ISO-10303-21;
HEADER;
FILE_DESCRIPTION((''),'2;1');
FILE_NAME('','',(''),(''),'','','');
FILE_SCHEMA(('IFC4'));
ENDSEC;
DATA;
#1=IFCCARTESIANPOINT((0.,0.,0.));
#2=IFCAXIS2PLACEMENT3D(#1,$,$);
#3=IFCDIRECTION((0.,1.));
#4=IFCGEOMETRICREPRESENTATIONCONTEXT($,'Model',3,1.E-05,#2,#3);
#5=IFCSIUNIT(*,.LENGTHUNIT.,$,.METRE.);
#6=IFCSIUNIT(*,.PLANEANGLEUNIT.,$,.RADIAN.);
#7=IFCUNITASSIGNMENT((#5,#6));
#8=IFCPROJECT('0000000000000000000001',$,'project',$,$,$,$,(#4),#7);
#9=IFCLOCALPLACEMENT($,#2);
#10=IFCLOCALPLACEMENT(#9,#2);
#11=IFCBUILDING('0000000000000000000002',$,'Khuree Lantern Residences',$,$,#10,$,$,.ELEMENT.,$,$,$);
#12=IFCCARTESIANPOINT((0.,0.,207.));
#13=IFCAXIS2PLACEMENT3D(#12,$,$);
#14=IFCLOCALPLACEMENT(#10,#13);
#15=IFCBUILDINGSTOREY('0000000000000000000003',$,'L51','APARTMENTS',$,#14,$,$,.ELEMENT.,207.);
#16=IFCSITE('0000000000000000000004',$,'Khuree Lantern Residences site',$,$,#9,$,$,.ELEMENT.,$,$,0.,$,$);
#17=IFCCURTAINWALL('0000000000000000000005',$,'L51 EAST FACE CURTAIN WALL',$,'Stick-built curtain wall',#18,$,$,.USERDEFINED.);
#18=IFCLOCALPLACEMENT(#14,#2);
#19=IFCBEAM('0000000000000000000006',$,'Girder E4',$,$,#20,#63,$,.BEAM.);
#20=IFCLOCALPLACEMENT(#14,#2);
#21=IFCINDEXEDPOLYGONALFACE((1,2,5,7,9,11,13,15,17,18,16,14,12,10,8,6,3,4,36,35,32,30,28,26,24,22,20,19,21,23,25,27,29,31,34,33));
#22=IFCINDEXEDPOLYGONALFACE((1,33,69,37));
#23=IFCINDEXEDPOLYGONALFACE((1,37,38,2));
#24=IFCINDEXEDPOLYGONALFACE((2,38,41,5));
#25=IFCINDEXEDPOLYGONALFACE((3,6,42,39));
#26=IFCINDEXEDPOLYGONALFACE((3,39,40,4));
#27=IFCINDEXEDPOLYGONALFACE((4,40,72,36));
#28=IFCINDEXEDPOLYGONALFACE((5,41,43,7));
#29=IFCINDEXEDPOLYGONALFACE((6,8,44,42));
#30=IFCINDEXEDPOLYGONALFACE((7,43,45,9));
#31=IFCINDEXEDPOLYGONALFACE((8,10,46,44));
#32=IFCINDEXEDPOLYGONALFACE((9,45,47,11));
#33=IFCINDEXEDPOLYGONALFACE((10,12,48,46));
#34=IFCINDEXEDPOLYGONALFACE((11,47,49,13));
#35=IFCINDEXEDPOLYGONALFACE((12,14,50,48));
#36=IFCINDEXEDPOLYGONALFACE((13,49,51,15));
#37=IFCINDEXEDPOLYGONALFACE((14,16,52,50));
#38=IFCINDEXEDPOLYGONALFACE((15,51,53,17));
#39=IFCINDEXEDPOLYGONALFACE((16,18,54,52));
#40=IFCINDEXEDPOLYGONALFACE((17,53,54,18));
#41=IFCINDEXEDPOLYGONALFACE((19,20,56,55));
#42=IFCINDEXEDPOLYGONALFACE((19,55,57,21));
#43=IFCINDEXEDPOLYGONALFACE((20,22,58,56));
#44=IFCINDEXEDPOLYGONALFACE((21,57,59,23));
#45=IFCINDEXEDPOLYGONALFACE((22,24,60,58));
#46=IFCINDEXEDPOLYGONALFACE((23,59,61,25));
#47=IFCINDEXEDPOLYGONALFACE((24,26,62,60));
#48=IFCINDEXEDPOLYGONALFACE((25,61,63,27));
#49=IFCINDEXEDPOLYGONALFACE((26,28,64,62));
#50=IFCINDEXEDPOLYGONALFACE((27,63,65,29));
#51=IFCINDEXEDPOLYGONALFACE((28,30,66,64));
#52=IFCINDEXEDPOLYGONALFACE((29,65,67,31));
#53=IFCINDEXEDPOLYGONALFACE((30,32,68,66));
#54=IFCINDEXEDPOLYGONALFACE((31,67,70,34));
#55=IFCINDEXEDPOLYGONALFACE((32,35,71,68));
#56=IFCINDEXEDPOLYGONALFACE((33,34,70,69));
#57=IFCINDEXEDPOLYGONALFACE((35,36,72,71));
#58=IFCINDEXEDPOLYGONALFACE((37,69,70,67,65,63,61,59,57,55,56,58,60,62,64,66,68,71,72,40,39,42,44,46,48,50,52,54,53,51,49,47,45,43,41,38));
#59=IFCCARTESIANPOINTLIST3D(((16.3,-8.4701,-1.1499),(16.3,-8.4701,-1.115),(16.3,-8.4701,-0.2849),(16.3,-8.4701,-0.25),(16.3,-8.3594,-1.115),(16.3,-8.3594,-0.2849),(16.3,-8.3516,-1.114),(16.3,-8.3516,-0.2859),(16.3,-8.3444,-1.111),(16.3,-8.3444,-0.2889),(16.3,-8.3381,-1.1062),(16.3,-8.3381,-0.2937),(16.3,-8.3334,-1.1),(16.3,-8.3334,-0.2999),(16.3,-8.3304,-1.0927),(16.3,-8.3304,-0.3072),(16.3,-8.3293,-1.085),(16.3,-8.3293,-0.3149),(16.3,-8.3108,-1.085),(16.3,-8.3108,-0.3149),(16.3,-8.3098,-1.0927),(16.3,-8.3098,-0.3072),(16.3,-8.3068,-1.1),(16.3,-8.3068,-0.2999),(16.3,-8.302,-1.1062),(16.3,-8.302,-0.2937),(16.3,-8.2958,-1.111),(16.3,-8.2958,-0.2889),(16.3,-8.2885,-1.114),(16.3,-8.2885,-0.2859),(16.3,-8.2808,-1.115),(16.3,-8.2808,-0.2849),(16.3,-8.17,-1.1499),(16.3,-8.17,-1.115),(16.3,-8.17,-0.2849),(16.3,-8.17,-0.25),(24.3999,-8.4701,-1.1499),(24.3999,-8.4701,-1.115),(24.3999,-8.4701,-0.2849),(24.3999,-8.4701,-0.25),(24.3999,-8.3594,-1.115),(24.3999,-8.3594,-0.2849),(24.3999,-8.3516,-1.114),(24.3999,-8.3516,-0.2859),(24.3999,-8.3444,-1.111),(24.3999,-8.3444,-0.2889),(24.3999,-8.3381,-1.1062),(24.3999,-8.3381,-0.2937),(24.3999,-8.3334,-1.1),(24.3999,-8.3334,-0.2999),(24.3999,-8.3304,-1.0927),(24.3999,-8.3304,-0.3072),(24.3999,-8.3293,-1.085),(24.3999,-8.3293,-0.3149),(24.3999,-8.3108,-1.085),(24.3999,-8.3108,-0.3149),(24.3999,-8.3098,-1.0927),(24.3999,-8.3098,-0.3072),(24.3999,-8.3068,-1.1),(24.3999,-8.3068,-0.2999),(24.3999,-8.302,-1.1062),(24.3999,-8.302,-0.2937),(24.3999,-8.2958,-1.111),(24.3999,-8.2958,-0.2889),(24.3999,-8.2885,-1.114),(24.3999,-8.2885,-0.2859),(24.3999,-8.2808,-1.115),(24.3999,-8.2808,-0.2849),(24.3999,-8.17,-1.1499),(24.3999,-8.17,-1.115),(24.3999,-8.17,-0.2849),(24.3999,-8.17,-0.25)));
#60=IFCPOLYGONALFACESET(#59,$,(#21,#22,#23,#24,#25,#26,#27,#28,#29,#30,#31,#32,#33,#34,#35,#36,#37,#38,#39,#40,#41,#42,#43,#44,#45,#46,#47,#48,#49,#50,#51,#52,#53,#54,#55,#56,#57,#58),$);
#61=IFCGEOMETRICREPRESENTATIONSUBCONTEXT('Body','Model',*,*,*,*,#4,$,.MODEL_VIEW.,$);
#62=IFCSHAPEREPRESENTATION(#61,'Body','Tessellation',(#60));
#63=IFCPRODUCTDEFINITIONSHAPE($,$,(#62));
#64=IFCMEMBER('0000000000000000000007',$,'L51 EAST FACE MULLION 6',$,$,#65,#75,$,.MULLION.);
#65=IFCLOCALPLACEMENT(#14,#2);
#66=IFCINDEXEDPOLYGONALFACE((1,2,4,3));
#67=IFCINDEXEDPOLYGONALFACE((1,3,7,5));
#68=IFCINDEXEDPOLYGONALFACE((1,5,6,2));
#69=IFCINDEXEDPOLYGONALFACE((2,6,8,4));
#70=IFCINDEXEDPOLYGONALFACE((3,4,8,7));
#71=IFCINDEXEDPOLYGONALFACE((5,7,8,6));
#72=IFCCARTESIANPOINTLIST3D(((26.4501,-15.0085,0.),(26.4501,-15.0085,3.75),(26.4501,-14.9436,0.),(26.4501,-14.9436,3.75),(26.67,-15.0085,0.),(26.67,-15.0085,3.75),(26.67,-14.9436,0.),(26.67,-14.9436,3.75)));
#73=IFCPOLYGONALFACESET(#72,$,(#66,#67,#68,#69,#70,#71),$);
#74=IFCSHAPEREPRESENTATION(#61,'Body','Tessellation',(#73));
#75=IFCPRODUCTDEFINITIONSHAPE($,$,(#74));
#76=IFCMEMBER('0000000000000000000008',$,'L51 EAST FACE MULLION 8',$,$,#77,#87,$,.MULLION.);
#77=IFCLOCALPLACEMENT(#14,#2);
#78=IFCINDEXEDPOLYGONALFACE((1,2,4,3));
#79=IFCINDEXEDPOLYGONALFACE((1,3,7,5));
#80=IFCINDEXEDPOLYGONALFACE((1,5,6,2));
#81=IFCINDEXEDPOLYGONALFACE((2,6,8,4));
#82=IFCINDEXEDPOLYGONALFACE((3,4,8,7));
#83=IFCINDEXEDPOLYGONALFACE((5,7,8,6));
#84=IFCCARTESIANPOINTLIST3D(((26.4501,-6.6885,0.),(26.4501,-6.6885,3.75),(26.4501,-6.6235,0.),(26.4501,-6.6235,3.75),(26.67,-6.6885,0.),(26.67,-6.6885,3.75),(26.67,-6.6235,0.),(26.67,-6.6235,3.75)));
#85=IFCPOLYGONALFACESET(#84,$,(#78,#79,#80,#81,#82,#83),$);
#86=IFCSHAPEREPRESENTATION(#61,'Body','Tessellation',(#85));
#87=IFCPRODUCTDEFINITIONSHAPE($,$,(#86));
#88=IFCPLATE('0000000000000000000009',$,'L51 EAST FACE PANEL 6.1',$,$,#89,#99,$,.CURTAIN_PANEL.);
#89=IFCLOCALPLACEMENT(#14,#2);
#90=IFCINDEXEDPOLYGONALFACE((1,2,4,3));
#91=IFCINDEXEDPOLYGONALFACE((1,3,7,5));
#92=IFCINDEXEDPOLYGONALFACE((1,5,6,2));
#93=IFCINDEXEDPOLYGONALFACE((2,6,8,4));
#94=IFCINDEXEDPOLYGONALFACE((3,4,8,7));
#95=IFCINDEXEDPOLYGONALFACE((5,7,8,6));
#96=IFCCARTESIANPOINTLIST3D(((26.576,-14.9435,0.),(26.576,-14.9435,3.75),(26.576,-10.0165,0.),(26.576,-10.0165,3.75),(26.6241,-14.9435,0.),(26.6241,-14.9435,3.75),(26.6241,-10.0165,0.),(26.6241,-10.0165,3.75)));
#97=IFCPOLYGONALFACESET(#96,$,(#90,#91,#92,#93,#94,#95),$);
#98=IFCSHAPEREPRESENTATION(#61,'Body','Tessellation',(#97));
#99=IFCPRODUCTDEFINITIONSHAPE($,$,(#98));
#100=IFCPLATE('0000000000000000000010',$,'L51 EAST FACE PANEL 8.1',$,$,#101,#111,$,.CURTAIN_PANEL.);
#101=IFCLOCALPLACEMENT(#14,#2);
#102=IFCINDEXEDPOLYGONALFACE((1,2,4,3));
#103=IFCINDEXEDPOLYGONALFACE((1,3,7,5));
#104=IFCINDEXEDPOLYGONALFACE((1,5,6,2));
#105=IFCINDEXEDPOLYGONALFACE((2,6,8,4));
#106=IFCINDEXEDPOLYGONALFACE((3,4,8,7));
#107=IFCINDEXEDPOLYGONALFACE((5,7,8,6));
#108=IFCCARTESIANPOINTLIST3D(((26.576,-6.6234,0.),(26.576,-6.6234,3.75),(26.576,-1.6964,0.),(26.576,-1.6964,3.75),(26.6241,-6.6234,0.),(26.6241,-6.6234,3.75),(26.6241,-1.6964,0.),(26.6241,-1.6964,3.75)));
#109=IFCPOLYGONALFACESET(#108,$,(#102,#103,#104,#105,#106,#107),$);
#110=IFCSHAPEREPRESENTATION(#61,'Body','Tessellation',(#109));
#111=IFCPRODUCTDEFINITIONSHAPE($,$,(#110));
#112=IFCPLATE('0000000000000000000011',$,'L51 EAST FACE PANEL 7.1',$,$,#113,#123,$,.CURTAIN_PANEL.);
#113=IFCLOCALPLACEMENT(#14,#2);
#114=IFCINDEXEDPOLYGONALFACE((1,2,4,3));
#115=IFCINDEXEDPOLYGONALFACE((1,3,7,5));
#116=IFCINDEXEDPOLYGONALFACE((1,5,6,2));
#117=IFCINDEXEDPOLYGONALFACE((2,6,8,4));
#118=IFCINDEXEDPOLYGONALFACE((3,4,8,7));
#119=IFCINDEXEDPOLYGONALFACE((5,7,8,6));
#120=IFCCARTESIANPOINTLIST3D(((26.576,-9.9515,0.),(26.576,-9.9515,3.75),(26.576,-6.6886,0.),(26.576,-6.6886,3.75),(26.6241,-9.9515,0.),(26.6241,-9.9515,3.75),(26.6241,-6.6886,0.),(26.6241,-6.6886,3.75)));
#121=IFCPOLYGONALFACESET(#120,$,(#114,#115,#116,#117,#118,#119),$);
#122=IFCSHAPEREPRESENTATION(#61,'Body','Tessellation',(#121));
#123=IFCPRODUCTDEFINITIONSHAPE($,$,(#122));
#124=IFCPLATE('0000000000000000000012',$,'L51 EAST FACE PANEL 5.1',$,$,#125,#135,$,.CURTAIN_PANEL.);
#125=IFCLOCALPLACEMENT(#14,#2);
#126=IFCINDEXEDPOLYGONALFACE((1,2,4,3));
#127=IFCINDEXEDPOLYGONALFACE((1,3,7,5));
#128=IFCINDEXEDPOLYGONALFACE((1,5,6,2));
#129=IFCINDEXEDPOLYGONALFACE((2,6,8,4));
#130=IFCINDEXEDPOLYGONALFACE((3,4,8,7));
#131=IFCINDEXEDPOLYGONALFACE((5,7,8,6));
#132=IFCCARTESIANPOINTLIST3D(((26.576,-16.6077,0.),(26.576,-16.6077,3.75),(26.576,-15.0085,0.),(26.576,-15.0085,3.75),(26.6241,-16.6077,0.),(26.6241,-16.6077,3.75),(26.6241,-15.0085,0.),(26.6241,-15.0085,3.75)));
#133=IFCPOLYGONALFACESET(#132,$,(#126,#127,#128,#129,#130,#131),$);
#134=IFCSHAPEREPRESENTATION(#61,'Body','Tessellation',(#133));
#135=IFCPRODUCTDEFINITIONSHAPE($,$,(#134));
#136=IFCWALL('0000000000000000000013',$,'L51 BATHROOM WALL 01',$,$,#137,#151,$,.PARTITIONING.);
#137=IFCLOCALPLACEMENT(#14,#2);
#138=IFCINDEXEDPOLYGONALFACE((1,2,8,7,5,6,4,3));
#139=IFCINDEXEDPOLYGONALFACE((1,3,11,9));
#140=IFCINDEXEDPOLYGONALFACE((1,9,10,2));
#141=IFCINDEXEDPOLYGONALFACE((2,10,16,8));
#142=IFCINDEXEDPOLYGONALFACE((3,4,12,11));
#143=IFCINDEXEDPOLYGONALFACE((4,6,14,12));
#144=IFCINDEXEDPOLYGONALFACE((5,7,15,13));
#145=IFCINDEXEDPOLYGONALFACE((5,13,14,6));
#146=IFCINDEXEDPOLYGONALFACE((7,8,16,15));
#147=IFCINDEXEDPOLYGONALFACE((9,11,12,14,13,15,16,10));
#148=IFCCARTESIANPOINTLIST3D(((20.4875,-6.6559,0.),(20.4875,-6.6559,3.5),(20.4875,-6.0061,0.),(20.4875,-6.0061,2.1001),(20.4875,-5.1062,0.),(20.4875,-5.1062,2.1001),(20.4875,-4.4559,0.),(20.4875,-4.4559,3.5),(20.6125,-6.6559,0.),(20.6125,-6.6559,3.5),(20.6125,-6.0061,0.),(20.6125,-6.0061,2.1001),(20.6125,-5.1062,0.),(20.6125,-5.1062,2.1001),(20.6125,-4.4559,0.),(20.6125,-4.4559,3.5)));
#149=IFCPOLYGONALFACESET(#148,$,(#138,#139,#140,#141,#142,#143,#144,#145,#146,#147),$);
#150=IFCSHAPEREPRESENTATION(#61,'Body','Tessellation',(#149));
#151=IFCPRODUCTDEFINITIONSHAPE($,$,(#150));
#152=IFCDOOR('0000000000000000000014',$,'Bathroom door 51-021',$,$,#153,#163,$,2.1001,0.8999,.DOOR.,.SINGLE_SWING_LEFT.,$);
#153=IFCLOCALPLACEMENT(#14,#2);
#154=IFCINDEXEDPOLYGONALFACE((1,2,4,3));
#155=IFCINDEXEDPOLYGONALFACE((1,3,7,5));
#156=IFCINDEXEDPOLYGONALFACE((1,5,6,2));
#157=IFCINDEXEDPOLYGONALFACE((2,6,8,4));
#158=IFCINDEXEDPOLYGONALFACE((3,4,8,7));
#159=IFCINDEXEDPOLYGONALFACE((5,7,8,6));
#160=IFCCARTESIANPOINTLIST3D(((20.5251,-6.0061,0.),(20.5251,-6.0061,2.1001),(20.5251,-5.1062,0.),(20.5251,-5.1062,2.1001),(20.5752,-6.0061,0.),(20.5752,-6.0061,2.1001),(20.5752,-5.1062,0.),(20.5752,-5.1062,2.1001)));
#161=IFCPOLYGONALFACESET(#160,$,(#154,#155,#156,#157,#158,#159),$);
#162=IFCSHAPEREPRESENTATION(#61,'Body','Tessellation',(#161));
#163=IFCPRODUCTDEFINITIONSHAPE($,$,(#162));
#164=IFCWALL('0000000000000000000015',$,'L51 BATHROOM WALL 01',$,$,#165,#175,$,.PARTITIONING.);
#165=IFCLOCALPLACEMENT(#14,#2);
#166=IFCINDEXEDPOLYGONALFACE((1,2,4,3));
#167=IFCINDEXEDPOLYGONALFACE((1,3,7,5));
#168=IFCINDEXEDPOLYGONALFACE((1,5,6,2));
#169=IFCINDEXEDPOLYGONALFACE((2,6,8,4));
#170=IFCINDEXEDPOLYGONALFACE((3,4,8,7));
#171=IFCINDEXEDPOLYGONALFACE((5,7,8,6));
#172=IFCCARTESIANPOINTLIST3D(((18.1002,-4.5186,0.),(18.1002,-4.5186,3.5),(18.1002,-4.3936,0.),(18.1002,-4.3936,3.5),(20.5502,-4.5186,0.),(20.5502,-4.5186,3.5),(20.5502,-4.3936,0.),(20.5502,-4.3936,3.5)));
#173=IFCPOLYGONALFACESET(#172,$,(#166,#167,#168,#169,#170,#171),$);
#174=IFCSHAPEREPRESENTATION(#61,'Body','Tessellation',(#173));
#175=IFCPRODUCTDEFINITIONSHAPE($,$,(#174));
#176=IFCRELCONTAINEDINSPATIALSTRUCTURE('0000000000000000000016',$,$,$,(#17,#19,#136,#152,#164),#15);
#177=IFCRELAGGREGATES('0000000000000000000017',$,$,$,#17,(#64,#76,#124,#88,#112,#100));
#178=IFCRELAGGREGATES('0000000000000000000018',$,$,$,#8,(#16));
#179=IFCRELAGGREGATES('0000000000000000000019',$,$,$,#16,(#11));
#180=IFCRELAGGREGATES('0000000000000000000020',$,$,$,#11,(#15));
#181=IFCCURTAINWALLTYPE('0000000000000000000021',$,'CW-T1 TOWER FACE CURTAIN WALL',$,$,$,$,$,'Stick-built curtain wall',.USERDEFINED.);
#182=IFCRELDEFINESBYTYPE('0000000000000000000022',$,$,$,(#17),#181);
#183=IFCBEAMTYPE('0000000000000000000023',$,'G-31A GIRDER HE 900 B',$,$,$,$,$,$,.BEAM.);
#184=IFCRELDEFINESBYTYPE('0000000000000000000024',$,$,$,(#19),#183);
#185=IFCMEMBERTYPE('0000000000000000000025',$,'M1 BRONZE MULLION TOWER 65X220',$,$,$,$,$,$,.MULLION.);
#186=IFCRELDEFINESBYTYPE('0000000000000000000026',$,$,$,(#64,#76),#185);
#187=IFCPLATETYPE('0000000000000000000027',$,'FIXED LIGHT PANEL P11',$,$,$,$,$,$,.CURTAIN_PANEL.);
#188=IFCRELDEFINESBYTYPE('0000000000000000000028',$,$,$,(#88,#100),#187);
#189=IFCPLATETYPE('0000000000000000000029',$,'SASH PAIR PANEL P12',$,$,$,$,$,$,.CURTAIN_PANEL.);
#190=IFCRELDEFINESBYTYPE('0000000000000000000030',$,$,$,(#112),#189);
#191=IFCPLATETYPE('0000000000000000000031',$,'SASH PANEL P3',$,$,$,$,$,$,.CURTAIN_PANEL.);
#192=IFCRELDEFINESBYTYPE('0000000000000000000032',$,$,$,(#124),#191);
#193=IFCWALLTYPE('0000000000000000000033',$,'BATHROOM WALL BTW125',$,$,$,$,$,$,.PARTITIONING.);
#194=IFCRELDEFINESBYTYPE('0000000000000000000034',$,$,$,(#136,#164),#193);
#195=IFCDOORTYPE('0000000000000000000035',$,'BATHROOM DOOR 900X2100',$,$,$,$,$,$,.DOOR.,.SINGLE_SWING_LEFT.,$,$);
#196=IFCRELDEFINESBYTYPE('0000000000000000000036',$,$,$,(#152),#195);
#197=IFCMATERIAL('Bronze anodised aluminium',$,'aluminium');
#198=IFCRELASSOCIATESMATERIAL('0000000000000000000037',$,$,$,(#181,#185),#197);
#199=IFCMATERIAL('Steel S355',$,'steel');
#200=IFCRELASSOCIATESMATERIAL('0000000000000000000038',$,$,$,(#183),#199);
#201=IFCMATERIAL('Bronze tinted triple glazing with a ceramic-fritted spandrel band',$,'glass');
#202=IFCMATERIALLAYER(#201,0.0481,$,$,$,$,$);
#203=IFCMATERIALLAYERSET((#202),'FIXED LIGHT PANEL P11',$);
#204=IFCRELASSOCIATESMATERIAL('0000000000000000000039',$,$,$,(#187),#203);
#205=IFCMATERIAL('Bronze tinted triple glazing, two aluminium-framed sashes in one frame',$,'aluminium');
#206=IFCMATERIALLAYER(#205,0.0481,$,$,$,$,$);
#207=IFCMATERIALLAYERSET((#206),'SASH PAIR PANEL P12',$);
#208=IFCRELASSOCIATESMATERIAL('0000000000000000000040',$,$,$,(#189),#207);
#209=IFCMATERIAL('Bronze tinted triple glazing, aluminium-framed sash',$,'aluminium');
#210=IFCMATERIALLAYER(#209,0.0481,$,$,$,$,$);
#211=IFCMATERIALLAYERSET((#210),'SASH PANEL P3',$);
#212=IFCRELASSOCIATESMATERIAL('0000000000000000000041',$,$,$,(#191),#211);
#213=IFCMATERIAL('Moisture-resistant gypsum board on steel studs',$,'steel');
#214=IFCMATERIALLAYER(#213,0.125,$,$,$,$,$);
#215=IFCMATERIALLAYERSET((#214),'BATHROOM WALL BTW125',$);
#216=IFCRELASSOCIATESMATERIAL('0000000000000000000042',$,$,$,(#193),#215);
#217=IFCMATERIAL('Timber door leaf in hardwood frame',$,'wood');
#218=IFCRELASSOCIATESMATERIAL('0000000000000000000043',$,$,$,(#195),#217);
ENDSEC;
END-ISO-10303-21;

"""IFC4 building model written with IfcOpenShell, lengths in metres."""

from ifc_helpers import new_model, si_unit, direction, frame, frame_2d, origin, origin_2d, place, context, subcontext, project, spatial, rectangle, i_section, extrude, material, layer, layer_set, material_profile, profile_set, type_object, element, fill, aggregate, save


model = new_model("IFC4")

# Units and contexts
model_context = context("Model", 3, precision=1e-05, world=origin(), true_north=direction((0.0, 1.0)))
body_context = subcontext(model_context, "Body", "Model", "MODEL_VIEW")
ifc_project = project(units=[si_unit("LENGTHUNIT", "METRE"), si_unit("PLANEANGLEUNIT", "RADIAN")], contexts=[model_context])

# Site, building, storey
site_placement = place(None, origin())
site = spatial("IfcSite", under=ifc_project, at=site_placement, Name="Khuree Lantern Residences site", CompositionType="ELEMENT", RefElevation=0.0)
building_placement = place(site_placement, origin())
building = spatial("IfcBuilding", under=site, at=building_placement, Name="Khuree Lantern Residences", CompositionType="ELEMENT")
storey_placement = place(building_placement, frame((0.0, 0.0, 207.0)))
storey = spatial("IfcBuildingStorey", under=building, at=storey_placement, Name="L51", Description="APARTMENTS", CompositionType="ELEMENT", Elevation=207.0)

# Shared definitions
ifc_material_1 = material(Name="Steel S355", Category="steel")

# Curtain wall
ifc_material_2 = material(Name="Bronze anodised aluminium", Category="aluminium")
curtain_wall_type = type_object("IfcCurtainWallType", Name="CW-T1 TOWER FACE CURTAIN WALL", ElementType="Stick-built curtain wall", PredefinedType="USERDEFINED", material=ifc_material_2)
curtain_wall_placement = place(storey_placement, origin())
curtain_wall = element("IfcCurtainWall", 1, at=curtain_wall_placement, inside=storey, type_object=curtain_wall_type, Name="L51 EAST FACE CURTAIN WALL", ObjectType="Stick-built curtain wall", PredefinedType="USERDEFINED")

# Beam
ifc_material_profile_1 = material_profile(ifc_material_1, i_section(OverallWidth=0.3, OverallDepth=0.8999, WebThickness=0.0186, FlangeThickness=0.0349, FilletRadius=0.03, at=origin_2d()), Name="HE 900 B")
ifc_profile_set_1 = profile_set([ifc_material_profile_1], Name="Steel S355")
beam_type_1 = type_object("IfcBeamType", Name="G-31A GIRDER HE 900 B", PredefinedType="BEAM", material=ifc_profile_set_1)
beam_1_placement = place(storey_placement, frame((24.3999, -8.3201, -0.7), z_axis=(-1.0, 0.0, 0.0), x_axis=(0.0, -1.0, 0.0)))
element("IfcBeam", 2, at=beam_1_placement, inside=storey, type_object=beam_type_1, Name="Girder E4", PredefinedType="BEAM", context=body_context, shape_type="SweptSolid", body=[
    extrude(i_section(OverallWidth=0.3, OverallDepth=0.8999, WebThickness=0.0186, FlangeThickness=0.0349, FilletRadius=0.03, at=origin_2d()), origin(), (0.0, 0.0, 1.0), 8.0999),
])

# Members
ifc_material_profile_2 = material_profile(ifc_material_2, rectangle(XDim=0.0649, YDim=0.22, at=origin_2d()), Name="M1 65X220")
ifc_profile_set_2 = profile_set([ifc_material_profile_2], Name="Bronze anodised aluminium")
member_type_1 = type_object("IfcMemberType", Name="M1 BRONZE MULLION TOWER 65X220", PredefinedType="MULLION", material=ifc_profile_set_2)
member_1_placement = place(storey_placement, frame((26.5601, -14.9761, 0.0), z_axis=(0.0, 0.0, 1.0), x_axis=(0.0, 1.0, 0.0)))
member_1 = element("IfcMember", 3, at=member_1_placement, type_object=member_type_1, Name="L51 EAST FACE MULLION 6", PredefinedType="MULLION", context=body_context, shape_type="SweptSolid", body=[
    extrude(rectangle(XDim=0.0649, YDim=0.22, at=origin_2d()), origin(), (0.0, 0.0, 1.0), 3.75),
])
member_2_placement = place(storey_placement, frame((26.5601, -6.656, 0.0), z_axis=(0.0, 0.0, 1.0), x_axis=(0.0, 1.0, 0.0)))
member_2 = element("IfcMember", 4, at=member_2_placement, type_object=member_type_1, Name="L51 EAST FACE MULLION 8", PredefinedType="MULLION", context=body_context, shape_type="SweptSolid", body=[
    extrude(rectangle(XDim=0.0649, YDim=0.22, at=origin_2d()), origin(), (0.0, 0.0, 1.0), 3.75),
])

# Plates
ifc_material_3 = material(Name="Bronze tinted triple glazing with a ceramic-fritted spandrel band", Category="glass")
ifc_layer_1 = layer(ifc_material_3, 0.0481)
ifc_layer_set_1 = layer_set([ifc_layer_1], Name="FIXED LIGHT PANEL P11")
plate_type_1 = type_object("IfcPlateType", Name="FIXED LIGHT PANEL P11", PredefinedType="CURTAIN_PANEL", material=ifc_layer_set_1)
plate_1_placement = place(storey_placement, frame((26.6001, -12.48, 0.0), z_axis=(0.0, 0.0, 1.0), x_axis=(0.0, 1.0, 0.0)))
plate_1 = element("IfcPlate", 5, at=plate_1_placement, type_object=plate_type_1, Name="L51 EAST FACE PANEL 6.1", PredefinedType="CURTAIN_PANEL", context=body_context, shape_type="SweptSolid", body=[
    extrude(rectangle(XDim=4.927, YDim=0.0481, at=origin_2d()), origin(), (0.0, 0.0, 1.0), 3.75),
])
plate_2_placement = place(storey_placement, frame((26.6001, -4.1599, 0.0), z_axis=(0.0, 0.0, 1.0), x_axis=(0.0, 1.0, 0.0)))
plate_2 = element("IfcPlate", 6, at=plate_2_placement, type_object=plate_type_1, Name="L51 EAST FACE PANEL 8.1", PredefinedType="CURTAIN_PANEL", context=body_context, shape_type="SweptSolid", body=[
    extrude(rectangle(XDim=4.927, YDim=0.0481, at=origin_2d()), origin(), (0.0, 0.0, 1.0), 3.75),
])
ifc_material_4 = material(Name="Bronze tinted triple glazing, two aluminium-framed sashes in one frame", Category="aluminium")
ifc_layer_2 = layer(ifc_material_4, 0.0481)
ifc_layer_set_2 = layer_set([ifc_layer_2], Name="SASH PAIR PANEL P12")
plate_type_2 = type_object("IfcPlateType", Name="SASH PAIR PANEL P12", PredefinedType="CURTAIN_PANEL", material=ifc_layer_set_2)
plate_3_placement = place(storey_placement, frame((26.6001, -8.3201, 0.0), z_axis=(0.0, 0.0, 1.0), x_axis=(0.0, 1.0, 0.0)))
plate_3 = element("IfcPlate", 7, at=plate_3_placement, type_object=plate_type_2, Name="L51 EAST FACE PANEL 7.1", PredefinedType="CURTAIN_PANEL", context=body_context, shape_type="SweptSolid", body=[
    extrude(rectangle(XDim=3.2629, YDim=0.0481, at=origin_2d()), origin(), (0.0, 0.0, 1.0), 3.75),
])
ifc_material_5 = material(Name="Bronze tinted triple glazing, aluminium-framed sash", Category="aluminium")
ifc_layer_3 = layer(ifc_material_5, 0.0481)
ifc_layer_set_3 = layer_set([ifc_layer_3], Name="SASH PANEL P3")
plate_type_3 = type_object("IfcPlateType", Name="SASH PANEL P3", PredefinedType="CURTAIN_PANEL", material=ifc_layer_set_3)
plate_4_placement = place(storey_placement, frame((26.6001, -15.8081, 0.0), z_axis=(0.0, 0.0, 1.0), x_axis=(0.0, 1.0, 0.0)))
plate_4 = element("IfcPlate", 8, at=plate_4_placement, type_object=plate_type_3, Name="L51 EAST FACE PANEL 5.1", PredefinedType="CURTAIN_PANEL", context=body_context, shape_type="SweptSolid", body=[
    extrude(rectangle(XDim=1.5991, YDim=0.0481, at=origin_2d()), origin(), (0.0, 0.0, 1.0), 3.75),
])
aggregate(curtain_wall, [member_1, member_2, plate_4, plate_1, plate_3, plate_2])

# Wall, opening, door
ifc_material_6 = material(Name="Moisture-resistant gypsum board on steel studs", Category="steel")
ifc_layer_4 = layer(ifc_material_6, 0.125)
ifc_layer_set_4 = layer_set([ifc_layer_4], Name="BATHROOM WALL BTW125")
wall_type_1 = type_object("IfcWallType", Name="BATHROOM WALL BTW125", PredefinedType="PARTITIONING", material=ifc_layer_set_4)
wall_1_placement = place(storey_placement, frame((20.55, -6.656, 0.0), z_axis=(0.0, 0.0, 1.0), x_axis=(0.0, 1.0, 0.0)))
wall_1 = element("IfcWall", 9, at=wall_1_placement, inside=storey, type_object=wall_type_1, Name="L51 BATHROOM WALL 01", PredefinedType="PARTITIONING", context=body_context, shape_type="SweptSolid", body=[
    extrude(rectangle(XDim=2.2, YDim=0.125, at=frame_2d((1.1001, 0.0))), origin(), (0.0, 0.0, 1.0), 3.5),
])
opening_1_placement = place(wall_1_placement, frame((0.6499, 0.0, 0.0)))
opening_1 = element("IfcOpeningElement", 10, at=opening_1_placement, cuts=wall_1, PredefinedType="OPENING", context=body_context, shape_type="SweptSolid", body=[
    extrude(rectangle(XDim=0.8999, YDim=2.1001, at=frame_2d((0.45, 1.05))), frame((0.0, 0.0725, 0.0), z_axis=(0.0, -1.0, 0.0), x_axis=(1.0, 0.0, 0.0)), (0.0, 0.0, 1.0), 0.145),
])
ifc_material_7 = material(Name="Timber door leaf in hardwood frame", Category="wood")
door_type_1 = type_object("IfcDoorType", Name="BATHROOM DOOR 900X2100", OperationType="SINGLE_SWING_LEFT", PredefinedType="DOOR", material=ifc_material_7)
door_1_placement = place(opening_1_placement, origin())
door_1 = element("IfcDoor", 11, at=door_1_placement, inside=storey, type_object=door_type_1, Name="Bathroom door 51-021", OperationType="SINGLE_SWING_LEFT", OverallHeight=2.1001, OverallWidth=0.8999, PredefinedType="DOOR", context=body_context, shape_type="SweptSolid", body=[
    extrude(rectangle(XDim=0.8999, YDim=2.1001, at=frame_2d((0.45, 1.05))), frame((0.0, 0.0249, 0.0), z_axis=(0.0, -1.0, 0.0), x_axis=(1.0, 0.0, 0.0)), (0.0, 0.0, 1.0), 0.05),
])
fill(opening_1, door_1)

# Wall
wall_2_placement = place(storey_placement, frame((18.1001, -4.4561, 0.0), z_axis=(0.0, 0.0, 1.0), x_axis=(1.0, 0.0, 0.0)))
element("IfcWall", 12, at=wall_2_placement, inside=storey, type_object=wall_type_1, Name="L51 BATHROOM WALL 01", PredefinedType="PARTITIONING", context=body_context, shape_type="SweptSolid", body=[
    extrude(rectangle(XDim=2.45, YDim=0.125, at=frame_2d((1.2251, 0.0))), origin(), (0.0, 0.0, 1.0), 3.5),
])

save(model, "model.ifc")
